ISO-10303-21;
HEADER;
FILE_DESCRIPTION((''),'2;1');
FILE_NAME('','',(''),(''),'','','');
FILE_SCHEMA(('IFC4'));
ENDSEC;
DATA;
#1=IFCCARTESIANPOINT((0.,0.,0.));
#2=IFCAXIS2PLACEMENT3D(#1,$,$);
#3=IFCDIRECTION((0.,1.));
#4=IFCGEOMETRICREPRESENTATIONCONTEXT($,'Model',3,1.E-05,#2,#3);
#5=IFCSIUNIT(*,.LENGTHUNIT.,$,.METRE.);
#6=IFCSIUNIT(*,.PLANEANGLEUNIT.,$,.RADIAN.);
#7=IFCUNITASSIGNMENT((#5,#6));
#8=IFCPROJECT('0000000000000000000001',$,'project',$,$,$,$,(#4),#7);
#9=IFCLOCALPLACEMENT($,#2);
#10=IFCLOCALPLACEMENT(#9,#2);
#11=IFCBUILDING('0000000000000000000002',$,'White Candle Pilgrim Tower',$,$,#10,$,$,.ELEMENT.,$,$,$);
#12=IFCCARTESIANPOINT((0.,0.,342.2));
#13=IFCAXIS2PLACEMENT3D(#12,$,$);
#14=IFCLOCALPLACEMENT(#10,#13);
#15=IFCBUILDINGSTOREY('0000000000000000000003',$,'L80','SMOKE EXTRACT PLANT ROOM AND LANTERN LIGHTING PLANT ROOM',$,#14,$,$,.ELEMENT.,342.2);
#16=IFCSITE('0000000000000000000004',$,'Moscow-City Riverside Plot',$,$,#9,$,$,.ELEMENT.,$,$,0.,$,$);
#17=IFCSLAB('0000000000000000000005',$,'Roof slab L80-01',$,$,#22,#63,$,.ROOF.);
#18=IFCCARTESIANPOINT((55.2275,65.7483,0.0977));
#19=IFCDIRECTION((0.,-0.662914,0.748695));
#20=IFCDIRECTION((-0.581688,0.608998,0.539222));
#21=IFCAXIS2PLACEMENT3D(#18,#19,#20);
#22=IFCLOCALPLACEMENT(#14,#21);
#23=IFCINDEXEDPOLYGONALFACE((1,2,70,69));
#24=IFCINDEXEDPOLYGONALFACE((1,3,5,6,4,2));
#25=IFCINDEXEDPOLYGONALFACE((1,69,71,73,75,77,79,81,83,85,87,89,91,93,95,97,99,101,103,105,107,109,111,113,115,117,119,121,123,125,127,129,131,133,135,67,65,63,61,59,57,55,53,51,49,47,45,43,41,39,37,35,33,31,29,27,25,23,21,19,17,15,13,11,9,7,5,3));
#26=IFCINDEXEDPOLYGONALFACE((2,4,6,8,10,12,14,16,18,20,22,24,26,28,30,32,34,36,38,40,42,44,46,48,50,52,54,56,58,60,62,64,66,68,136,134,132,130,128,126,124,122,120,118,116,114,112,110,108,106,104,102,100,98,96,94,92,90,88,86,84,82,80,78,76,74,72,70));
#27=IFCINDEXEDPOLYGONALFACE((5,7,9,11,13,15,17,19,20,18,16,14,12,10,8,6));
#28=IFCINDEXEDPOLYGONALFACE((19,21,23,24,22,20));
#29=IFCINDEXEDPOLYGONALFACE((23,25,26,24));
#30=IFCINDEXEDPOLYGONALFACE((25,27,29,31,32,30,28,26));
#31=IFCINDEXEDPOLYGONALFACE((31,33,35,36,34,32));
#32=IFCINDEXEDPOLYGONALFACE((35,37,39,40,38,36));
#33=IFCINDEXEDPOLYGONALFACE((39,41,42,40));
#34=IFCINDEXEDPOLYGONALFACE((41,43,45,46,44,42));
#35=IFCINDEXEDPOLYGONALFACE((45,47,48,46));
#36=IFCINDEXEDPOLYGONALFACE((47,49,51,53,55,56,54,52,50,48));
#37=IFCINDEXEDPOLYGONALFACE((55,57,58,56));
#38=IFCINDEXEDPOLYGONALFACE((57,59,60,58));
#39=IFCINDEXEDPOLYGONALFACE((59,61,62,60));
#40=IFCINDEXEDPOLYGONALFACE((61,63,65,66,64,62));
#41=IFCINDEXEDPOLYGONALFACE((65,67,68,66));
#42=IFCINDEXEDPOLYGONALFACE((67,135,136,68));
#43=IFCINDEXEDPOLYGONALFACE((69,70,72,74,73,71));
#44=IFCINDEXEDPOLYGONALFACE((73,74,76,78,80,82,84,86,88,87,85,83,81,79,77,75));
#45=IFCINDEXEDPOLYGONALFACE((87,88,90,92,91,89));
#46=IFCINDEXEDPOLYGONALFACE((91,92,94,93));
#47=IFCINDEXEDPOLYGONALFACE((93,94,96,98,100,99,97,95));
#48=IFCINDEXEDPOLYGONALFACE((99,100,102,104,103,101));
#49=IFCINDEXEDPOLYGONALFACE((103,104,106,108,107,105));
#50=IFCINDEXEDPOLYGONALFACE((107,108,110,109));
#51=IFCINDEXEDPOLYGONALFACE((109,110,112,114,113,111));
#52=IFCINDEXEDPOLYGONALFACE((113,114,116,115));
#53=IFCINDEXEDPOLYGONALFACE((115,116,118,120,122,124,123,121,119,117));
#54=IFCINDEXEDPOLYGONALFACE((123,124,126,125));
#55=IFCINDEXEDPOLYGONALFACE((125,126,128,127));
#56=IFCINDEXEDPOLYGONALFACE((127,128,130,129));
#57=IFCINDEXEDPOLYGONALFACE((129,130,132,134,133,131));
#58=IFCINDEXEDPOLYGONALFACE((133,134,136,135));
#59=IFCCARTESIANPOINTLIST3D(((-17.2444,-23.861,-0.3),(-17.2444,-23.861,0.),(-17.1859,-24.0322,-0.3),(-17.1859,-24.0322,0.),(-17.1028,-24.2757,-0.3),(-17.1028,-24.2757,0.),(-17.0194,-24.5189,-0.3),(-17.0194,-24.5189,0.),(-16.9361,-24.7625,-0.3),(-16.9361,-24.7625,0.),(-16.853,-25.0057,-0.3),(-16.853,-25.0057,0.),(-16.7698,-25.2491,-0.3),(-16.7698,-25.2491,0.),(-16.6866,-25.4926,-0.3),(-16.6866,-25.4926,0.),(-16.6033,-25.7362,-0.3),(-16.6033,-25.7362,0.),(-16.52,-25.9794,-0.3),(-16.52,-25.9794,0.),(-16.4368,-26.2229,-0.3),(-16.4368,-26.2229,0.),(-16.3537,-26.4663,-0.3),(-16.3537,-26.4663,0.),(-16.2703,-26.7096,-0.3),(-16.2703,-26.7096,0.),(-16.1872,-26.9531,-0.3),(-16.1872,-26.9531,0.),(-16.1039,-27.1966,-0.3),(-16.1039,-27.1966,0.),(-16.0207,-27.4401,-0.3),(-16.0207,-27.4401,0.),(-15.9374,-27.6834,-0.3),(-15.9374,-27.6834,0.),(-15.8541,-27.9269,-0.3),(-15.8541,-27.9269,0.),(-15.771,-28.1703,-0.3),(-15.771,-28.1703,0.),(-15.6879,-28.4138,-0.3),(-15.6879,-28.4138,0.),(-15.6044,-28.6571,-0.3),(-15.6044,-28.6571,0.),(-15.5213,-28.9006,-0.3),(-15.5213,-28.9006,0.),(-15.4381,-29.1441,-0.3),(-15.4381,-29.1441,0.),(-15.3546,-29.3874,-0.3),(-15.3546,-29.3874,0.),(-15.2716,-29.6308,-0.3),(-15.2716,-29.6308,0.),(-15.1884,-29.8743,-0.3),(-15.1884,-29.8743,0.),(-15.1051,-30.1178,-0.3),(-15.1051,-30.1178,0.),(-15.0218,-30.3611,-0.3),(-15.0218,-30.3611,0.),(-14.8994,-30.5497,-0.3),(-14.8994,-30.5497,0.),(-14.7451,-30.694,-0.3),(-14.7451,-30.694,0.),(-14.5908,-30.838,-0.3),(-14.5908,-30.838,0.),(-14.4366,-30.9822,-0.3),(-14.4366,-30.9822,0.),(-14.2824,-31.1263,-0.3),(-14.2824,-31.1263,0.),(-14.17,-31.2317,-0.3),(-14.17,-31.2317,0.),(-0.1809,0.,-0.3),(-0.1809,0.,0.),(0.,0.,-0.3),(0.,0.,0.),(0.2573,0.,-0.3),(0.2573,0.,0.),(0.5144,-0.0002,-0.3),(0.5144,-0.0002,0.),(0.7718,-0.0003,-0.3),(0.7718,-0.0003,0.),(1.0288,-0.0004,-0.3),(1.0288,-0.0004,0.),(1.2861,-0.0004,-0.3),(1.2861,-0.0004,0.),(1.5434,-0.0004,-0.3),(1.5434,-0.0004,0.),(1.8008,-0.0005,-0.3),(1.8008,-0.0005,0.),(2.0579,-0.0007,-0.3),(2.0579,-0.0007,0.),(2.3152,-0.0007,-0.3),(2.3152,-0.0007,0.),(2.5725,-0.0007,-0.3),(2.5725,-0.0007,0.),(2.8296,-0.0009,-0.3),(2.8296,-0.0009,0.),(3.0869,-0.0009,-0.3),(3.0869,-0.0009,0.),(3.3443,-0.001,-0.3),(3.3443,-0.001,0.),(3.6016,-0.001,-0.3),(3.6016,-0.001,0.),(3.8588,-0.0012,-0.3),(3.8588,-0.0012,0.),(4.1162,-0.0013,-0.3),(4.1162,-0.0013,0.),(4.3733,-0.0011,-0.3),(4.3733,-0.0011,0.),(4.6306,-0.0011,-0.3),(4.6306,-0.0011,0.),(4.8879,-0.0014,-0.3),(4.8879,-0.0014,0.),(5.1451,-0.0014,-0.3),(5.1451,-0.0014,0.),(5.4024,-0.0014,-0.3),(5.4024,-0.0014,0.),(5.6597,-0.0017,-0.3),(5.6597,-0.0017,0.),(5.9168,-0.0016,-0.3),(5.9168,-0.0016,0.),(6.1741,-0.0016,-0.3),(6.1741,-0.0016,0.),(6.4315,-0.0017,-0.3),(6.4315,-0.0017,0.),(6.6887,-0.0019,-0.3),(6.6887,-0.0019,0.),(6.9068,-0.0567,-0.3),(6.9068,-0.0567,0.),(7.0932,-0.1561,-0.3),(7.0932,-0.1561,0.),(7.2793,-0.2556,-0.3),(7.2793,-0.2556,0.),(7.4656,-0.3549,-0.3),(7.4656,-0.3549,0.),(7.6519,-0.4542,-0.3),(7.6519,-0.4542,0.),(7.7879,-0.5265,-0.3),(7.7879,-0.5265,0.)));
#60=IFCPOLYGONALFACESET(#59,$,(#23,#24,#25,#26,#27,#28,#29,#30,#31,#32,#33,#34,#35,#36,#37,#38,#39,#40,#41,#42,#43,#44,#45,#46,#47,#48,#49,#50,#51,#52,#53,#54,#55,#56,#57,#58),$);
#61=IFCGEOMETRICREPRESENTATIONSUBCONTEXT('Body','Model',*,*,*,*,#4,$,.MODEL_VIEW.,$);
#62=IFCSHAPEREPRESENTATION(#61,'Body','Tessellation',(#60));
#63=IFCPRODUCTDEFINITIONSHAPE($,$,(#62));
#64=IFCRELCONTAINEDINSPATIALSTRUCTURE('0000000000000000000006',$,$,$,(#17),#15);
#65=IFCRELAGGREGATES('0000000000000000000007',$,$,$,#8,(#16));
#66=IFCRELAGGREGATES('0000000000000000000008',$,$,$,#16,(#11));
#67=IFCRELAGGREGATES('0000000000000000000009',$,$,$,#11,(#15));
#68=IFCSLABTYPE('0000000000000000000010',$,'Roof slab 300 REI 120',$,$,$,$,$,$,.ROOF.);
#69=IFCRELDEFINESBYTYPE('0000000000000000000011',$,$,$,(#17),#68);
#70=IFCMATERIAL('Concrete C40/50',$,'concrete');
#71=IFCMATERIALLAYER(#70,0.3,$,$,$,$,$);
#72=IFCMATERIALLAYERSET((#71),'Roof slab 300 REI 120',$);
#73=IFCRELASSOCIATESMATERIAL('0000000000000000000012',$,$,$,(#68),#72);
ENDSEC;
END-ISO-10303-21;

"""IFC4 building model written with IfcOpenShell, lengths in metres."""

from ifc_helpers import new_model, si_unit, direction, frame, origin, place, context, subcontext, project, spatial, polyline, outline, extrude, material, layer, layer_set, type_object, element, save


model = new_model("IFC4")

# Units and contexts
model_context = context("Model", 3, precision=1e-05, world=origin(), true_north=direction((0.0, 1.0)))
body_context = subcontext(model_context, "Body", "Model", "MODEL_VIEW")
ifc_project = project(units=[si_unit("LENGTHUNIT", "METRE"), si_unit("PLANEANGLEUNIT", "RADIAN")], contexts=[model_context])

# Site, building, storey
site_placement = place(None, origin())
site = spatial("IfcSite", under=ifc_project, at=site_placement, Name="Moscow-City Riverside Plot", CompositionType="ELEMENT", RefElevation=0.0)
building_placement = place(site_placement, origin())
building = spatial("IfcBuilding", under=site, at=building_placement, Name="White Candle Pilgrim Tower", CompositionType="ELEMENT")
storey_placement = place(building_placement, frame((0.0, 0.0, 342.2)))
storey = spatial("IfcBuildingStorey", under=building, at=storey_placement, Name="L80", Description="SMOKE EXTRACT PLANT ROOM AND LANTERN LIGHTING PLANT ROOM", CompositionType="ELEMENT", Elevation=342.2)

# Slab
ifc_material_1 = material(Name="Concrete C40/50", Category="concrete")
ifc_layer_1 = layer(ifc_material_1, 0.3)
ifc_layer_set_1 = layer_set([ifc_layer_1], Name="Roof slab 300 REI 120")
slab_type_1 = type_object("IfcSlabType", Name="Roof slab 300 REI 120", PredefinedType="ROOF", material=ifc_layer_set_1)
slab_1_placement = place(storey_placement, frame((55.2275, 65.7483, 0.0977), z_axis=(0.0, -0.662914, 0.748695), x_axis=(-0.581688, 0.608998, 0.539222)))
element("IfcSlab", 1, at=slab_1_placement, inside=storey, type_object=slab_type_1, Name="Roof slab L80-01", PredefinedType="ROOF", context=body_context, shape_type="SweptSolid", body=[
    extrude(outline(polyline([(0.0, 0.0), (0.2573, 0.0), (0.5144, -0.0002), (0.7718, -0.0003), (1.0288, -0.0004), (1.2861, -0.0004), (1.5434, -0.0004), (1.8008, -0.0005), (2.0579, -0.0007), (2.3152, -0.0007), (2.5725, -0.0007), (2.8296, -0.0009), (3.0869, -0.0009), (3.3443, -0.001), (3.6016, -0.001), (3.8588, -0.0012), (4.1162, -0.0013), (4.3733, -0.0011), (4.6306, -0.0011), (4.8879, -0.0014), (5.1451, -0.0014), (5.4024, -0.0014), (5.6597, -0.0017), (5.9168, -0.0016), (6.1741, -0.0016), (6.4315, -0.0017), (6.6887, -0.0019), (6.9068, -0.0567), (7.0932, -0.1561), (7.2793, -0.2556), (7.4656, -0.3549), (7.6519, -0.4542), (7.7879, -0.5265), (-14.17, -31.2317), (-14.2824, -31.1263), (-14.4366, -30.9822), (-14.5908, -30.838), (-14.7451, -30.694), (-14.8994, -30.5497), (-15.0218, -30.3611), (-15.1051, -30.1178), (-15.1884, -29.8743), (-15.2716, -29.6308), (-15.3546, -29.3874), (-15.4381, -29.1441), (-15.5213, -28.9006), (-15.6044, -28.6571), (-15.6879, -28.4138), (-15.771, -28.1703), (-15.8541, -27.9269), (-15.9374, -27.6834), (-16.0207, -27.4401), (-16.1039, -27.1966), (-16.1872, -26.9531), (-16.2703, -26.7096), (-16.3537, -26.4663), (-16.4368, -26.2229), (-16.52, -25.9794), (-16.6033, -25.7362), (-16.6866, -25.4926), (-16.7698, -25.2491), (-16.853, -25.0057), (-16.9361, -24.7625), (-17.0194, -24.5189), (-17.1028, -24.2757), (-17.1859, -24.0322), (-17.2444, -23.861), (-0.1809, 0.0), (0.0, 0.0)])), origin(), (0.0, 0.0, -1.0), 0.3),
])

save(model, "model.ifc")
